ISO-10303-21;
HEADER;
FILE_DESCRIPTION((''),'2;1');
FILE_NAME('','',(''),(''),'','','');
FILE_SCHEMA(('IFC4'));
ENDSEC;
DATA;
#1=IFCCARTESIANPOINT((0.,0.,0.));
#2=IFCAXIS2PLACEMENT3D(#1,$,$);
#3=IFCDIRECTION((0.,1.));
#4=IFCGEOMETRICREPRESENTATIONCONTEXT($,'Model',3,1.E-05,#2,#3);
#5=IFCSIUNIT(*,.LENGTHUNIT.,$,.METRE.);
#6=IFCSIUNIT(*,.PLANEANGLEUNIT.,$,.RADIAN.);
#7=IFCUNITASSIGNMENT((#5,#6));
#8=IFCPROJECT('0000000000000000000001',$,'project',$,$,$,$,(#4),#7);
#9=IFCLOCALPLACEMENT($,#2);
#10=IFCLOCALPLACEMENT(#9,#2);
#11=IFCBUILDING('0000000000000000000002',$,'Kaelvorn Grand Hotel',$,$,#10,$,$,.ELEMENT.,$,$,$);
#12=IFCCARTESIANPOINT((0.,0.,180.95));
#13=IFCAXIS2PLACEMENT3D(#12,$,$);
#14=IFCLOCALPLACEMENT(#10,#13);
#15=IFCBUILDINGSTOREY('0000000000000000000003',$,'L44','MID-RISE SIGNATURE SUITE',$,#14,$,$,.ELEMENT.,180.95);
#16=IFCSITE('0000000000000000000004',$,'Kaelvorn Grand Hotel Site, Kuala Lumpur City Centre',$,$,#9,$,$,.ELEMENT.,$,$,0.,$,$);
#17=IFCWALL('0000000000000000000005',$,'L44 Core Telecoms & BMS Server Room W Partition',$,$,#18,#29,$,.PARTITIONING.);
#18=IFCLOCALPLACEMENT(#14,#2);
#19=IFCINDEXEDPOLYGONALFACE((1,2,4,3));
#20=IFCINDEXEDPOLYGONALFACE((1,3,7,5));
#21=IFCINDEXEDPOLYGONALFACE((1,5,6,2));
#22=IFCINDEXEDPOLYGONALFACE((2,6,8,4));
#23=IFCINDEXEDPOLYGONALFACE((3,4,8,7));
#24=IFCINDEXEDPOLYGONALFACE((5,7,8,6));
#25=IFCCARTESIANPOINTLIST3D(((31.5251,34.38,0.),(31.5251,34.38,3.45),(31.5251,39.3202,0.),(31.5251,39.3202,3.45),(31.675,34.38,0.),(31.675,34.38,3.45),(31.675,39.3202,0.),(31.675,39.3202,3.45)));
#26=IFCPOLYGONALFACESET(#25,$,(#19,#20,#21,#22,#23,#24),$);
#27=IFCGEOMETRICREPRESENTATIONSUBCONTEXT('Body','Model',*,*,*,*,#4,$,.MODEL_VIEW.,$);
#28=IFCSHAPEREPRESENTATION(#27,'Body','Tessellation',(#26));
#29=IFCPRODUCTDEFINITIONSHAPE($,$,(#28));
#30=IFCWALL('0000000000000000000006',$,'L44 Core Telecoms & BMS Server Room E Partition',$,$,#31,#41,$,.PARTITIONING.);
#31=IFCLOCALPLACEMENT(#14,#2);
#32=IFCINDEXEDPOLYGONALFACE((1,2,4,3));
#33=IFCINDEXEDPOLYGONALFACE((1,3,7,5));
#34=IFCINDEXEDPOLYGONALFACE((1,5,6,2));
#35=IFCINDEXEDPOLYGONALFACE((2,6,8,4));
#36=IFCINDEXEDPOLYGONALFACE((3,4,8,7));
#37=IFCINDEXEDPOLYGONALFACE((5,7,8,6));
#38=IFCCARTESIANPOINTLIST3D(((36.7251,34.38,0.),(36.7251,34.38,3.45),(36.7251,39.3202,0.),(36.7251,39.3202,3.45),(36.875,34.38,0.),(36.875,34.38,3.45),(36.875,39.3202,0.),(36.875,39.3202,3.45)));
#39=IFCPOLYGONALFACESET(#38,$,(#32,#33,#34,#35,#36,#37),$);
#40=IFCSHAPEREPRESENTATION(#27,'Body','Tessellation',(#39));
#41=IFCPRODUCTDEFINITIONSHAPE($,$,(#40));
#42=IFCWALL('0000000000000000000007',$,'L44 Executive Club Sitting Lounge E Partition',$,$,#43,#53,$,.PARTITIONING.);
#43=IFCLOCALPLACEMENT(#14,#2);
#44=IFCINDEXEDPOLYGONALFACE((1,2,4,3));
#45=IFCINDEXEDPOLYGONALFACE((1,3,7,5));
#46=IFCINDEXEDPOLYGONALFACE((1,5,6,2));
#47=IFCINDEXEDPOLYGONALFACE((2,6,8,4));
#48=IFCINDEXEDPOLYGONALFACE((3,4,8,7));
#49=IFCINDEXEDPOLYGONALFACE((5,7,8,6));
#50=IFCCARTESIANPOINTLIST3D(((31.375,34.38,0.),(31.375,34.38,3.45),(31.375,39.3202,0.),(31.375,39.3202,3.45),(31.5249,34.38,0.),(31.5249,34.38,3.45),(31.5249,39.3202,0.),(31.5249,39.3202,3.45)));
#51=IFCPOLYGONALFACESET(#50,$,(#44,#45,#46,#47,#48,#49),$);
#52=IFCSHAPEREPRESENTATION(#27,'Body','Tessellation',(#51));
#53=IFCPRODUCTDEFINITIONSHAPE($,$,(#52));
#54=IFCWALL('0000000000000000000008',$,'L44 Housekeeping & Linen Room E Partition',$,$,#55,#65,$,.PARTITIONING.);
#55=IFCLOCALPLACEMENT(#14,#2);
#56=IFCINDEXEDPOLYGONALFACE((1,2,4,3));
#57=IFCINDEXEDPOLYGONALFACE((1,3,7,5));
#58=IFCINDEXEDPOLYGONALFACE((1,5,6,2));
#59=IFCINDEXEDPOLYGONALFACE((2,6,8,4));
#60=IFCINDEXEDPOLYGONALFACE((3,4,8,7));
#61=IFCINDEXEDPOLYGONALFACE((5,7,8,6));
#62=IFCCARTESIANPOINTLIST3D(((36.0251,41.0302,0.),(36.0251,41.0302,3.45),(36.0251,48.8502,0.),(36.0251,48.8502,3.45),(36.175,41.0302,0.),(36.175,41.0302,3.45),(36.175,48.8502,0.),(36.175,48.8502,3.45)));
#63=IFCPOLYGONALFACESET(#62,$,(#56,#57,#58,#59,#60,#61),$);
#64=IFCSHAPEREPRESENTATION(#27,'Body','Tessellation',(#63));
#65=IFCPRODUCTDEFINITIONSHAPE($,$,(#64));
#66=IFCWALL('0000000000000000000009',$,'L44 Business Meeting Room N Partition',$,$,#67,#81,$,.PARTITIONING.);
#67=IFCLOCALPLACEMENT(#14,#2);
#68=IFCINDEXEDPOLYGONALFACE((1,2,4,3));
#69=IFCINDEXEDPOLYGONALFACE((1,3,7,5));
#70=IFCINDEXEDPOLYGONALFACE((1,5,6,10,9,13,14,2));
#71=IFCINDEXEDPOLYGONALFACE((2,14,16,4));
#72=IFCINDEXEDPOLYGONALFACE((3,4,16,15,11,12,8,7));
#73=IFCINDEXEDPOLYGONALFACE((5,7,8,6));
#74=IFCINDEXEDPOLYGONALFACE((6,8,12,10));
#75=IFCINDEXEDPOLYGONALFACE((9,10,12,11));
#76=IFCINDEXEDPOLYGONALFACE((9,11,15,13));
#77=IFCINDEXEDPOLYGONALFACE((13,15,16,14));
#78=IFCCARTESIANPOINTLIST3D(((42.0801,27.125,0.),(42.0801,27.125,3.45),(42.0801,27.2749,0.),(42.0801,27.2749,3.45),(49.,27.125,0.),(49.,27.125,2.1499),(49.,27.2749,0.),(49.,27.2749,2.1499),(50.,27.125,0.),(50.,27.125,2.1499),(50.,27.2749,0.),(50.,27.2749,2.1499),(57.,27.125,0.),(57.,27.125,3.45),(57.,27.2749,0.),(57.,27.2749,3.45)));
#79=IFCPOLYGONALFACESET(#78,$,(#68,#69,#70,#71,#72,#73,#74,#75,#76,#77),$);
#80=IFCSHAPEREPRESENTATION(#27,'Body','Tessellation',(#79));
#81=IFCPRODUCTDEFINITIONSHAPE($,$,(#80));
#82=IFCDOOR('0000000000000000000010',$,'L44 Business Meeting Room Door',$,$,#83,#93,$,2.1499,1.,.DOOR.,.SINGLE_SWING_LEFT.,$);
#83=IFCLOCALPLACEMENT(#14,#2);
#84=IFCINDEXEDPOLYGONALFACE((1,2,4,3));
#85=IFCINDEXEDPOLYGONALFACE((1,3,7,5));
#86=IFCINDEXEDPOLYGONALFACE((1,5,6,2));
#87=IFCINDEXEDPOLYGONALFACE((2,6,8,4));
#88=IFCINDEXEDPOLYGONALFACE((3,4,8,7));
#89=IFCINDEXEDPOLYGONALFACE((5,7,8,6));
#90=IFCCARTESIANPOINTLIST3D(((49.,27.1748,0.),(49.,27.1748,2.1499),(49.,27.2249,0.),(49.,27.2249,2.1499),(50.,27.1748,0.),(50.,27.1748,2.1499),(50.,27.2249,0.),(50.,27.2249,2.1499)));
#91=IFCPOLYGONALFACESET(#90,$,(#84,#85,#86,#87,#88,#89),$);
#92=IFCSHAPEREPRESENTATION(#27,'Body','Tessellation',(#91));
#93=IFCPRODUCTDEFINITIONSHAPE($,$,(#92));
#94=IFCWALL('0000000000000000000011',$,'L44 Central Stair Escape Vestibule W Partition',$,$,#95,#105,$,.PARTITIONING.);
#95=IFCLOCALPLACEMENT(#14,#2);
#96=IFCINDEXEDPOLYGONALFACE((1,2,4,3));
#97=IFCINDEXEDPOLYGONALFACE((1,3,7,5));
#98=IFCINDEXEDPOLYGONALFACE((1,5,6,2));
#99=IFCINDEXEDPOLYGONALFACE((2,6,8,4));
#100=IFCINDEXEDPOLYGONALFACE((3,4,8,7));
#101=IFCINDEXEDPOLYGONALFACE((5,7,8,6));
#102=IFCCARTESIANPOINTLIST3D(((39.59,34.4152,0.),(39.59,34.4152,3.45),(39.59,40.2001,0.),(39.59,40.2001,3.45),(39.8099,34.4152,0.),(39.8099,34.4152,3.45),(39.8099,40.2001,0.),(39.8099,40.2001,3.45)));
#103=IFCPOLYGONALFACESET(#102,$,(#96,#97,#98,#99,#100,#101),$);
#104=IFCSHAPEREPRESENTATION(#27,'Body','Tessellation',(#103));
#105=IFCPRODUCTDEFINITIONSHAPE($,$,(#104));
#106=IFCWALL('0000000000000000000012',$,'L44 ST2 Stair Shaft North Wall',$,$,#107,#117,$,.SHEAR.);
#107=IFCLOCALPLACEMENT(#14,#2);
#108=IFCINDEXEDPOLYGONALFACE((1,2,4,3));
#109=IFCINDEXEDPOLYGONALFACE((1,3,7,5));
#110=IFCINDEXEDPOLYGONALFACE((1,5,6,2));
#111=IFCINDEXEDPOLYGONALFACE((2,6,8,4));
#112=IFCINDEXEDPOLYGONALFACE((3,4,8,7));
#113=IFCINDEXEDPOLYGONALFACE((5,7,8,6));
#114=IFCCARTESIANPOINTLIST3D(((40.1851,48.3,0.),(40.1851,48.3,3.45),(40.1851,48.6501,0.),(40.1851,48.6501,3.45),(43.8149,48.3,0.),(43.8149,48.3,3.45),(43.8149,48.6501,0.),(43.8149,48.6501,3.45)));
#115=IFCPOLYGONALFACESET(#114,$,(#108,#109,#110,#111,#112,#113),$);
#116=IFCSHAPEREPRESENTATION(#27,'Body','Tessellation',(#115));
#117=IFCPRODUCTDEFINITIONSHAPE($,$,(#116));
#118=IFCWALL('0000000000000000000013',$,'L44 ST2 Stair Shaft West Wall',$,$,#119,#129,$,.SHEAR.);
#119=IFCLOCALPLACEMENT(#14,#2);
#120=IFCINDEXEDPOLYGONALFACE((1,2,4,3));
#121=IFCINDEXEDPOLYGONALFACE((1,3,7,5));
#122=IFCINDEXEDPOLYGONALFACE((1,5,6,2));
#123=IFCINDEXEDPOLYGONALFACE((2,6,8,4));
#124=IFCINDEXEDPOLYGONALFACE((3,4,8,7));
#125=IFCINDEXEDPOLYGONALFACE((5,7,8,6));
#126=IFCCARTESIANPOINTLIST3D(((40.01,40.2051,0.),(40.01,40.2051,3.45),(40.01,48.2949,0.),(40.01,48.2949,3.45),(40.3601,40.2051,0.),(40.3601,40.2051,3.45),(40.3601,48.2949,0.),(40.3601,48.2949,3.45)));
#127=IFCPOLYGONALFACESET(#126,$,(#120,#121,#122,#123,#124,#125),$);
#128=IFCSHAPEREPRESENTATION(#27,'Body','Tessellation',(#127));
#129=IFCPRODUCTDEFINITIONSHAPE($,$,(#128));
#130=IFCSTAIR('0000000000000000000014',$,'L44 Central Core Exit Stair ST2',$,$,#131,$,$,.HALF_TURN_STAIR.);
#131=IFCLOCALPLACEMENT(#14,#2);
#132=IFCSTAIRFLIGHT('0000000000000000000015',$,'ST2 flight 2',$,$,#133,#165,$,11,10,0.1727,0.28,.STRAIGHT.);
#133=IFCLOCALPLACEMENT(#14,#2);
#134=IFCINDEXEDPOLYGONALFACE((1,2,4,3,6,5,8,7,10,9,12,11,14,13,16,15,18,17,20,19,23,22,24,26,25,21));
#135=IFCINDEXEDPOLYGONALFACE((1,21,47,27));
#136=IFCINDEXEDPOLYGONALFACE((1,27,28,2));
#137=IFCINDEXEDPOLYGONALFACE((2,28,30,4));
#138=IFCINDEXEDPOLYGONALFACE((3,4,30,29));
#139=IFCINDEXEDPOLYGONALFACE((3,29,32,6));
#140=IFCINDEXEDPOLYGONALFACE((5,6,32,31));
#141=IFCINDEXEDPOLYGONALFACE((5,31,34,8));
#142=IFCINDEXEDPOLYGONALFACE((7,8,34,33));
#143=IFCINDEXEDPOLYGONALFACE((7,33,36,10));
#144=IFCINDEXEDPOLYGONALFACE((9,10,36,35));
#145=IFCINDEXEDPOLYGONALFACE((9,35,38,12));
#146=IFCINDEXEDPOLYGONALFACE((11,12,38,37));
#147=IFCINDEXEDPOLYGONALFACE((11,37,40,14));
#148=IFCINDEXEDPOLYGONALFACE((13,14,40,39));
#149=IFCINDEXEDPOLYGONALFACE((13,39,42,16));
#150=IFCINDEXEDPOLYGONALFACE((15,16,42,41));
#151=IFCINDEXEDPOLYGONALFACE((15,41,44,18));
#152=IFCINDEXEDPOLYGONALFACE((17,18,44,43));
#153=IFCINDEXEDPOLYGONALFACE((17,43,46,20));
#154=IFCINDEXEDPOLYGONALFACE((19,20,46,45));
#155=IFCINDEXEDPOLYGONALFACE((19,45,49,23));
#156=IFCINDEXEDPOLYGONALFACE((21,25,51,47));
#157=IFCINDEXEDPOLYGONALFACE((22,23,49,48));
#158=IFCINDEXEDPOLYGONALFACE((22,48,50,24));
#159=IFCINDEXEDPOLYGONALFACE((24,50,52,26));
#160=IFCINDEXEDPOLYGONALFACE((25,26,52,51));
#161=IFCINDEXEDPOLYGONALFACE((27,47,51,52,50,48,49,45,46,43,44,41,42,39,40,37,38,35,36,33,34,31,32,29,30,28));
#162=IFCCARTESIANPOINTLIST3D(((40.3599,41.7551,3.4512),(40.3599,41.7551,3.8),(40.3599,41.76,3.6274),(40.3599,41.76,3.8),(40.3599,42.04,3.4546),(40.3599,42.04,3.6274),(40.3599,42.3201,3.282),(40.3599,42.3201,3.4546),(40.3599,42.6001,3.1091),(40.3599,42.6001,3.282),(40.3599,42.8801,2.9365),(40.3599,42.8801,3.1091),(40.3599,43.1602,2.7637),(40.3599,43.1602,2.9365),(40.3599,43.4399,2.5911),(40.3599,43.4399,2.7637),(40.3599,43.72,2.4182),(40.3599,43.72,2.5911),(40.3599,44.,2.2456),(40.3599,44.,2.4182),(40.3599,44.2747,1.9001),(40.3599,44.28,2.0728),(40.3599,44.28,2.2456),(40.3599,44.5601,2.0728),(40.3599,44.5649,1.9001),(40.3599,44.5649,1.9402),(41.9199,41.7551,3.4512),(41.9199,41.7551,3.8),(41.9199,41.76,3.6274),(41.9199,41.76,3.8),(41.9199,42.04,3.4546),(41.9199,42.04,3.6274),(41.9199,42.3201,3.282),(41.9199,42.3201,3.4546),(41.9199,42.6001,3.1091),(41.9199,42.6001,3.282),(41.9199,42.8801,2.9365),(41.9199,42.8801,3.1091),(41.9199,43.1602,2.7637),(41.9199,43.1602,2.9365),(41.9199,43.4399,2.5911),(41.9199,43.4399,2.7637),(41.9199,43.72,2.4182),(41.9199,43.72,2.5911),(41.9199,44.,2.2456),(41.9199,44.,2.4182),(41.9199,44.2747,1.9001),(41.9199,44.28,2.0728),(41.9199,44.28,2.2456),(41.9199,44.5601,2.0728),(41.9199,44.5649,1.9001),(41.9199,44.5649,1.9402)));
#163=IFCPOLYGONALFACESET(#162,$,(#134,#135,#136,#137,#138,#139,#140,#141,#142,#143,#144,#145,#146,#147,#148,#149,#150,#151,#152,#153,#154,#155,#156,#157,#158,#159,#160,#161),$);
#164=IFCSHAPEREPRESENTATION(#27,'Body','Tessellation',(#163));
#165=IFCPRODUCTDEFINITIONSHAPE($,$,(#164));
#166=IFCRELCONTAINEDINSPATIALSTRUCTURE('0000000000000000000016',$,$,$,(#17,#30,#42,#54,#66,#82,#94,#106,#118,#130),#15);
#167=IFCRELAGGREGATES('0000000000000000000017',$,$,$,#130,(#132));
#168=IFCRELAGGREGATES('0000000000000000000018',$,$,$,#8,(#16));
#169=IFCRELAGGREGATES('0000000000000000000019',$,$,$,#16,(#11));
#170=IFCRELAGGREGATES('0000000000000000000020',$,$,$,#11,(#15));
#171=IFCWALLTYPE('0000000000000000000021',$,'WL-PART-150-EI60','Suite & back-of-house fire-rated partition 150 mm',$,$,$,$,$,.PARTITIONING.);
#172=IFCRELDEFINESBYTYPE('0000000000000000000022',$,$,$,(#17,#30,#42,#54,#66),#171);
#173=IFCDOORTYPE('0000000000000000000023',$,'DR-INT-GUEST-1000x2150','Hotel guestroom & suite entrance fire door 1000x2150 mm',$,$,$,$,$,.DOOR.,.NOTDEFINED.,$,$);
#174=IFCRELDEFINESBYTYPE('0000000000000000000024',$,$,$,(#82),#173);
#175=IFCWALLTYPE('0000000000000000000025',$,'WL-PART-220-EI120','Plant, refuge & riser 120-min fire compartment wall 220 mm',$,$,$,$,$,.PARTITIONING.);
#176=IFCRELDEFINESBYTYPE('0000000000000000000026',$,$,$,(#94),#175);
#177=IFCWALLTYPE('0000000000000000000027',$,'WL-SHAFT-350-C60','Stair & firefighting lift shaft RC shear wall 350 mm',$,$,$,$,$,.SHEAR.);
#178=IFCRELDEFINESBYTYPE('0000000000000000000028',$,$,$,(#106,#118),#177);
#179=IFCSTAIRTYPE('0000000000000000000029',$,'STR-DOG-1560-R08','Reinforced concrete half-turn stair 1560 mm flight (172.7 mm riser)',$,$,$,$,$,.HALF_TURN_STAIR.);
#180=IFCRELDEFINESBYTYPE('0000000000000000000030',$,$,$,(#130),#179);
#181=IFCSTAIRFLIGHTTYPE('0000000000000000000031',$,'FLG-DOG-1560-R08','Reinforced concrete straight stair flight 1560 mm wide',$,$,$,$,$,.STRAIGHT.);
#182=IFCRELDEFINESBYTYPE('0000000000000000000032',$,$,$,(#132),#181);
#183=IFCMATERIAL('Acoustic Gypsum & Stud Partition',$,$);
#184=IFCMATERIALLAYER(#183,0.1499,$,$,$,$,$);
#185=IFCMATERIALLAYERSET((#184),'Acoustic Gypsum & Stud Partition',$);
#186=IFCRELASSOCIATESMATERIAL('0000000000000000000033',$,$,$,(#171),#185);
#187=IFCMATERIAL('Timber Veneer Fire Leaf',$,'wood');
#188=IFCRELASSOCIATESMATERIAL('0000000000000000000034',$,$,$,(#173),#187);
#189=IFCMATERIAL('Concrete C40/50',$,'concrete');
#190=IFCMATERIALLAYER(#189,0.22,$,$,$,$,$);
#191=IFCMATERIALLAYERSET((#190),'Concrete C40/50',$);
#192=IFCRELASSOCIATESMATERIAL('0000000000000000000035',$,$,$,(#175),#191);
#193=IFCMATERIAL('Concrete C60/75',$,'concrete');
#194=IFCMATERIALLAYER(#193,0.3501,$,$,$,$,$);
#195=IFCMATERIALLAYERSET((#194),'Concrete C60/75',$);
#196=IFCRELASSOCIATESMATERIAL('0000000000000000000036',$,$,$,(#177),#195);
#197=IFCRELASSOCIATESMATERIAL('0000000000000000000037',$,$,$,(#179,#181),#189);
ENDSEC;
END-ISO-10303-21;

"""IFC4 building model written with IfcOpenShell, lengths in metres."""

from ifc_helpers import new_model, si_unit, direction, frame, frame_2d, origin, place, context, subcontext, project, spatial, polyline, rectangle, outline, extrude, material, layer, layer_set, type_object, element, fill, aggregate, save


model = new_model("IFC4")

# Units and contexts
model_context = context("Model", 3, precision=1e-05, world=origin(), true_north=direction((0.0, 1.0)))
body_context = subcontext(model_context, "Body", "Model", "MODEL_VIEW")
ifc_project = project(units=[si_unit("LENGTHUNIT", "METRE"), si_unit("PLANEANGLEUNIT", "RADIAN")], contexts=[model_context])

# Site, building, storey
site_placement = place(None, origin())
site = spatial("IfcSite", under=ifc_project, at=site_placement, Name="Kaelvorn Grand Hotel Site, Kuala Lumpur City Centre", CompositionType="ELEMENT", RefElevation=0.0)
building_placement = place(site_placement, origin())
building = spatial("IfcBuilding", under=site, at=building_placement, Name="Kaelvorn Grand Hotel", CompositionType="ELEMENT")
storey_placement = place(building_placement, frame((0.0, 0.0, 180.95)))
storey = spatial("IfcBuildingStorey", under=building, at=storey_placement, Name="L44", Description="MID-RISE SIGNATURE SUITE", CompositionType="ELEMENT", Elevation=180.95)

# Shared definitions
ifc_material_1 = material(Name="Concrete C60/75", Category="concrete")

# Shared definitions
ifc_material_2 = material(Name="Acoustic Gypsum & Stud Partition")
ifc_layer_1 = layer(ifc_material_2, 0.1499)
ifc_layer_set_1 = layer_set([ifc_layer_1], Name="Acoustic Gypsum & Stud Partition")
wall_type_1 = type_object("IfcWallType", Name="WL-PART-150-EI60", Description="Suite & back-of-house fire-rated partition 150 mm", PredefinedType="PARTITIONING", material=ifc_layer_set_1)

# Walls
for number, where, z_axis, x_axis, name in (
    (1, (31.6001, 34.3799, 0.0), (0.0, 0.0, 1.0), (0.0, 1.0, 0.0), "L44 Core Telecoms & BMS Server Room W Partition"),
    (2, (36.8, 34.3799, 0.0), (0.0, 0.0, 1.0), (0.0, 1.0, 0.0), "L44 Core Telecoms & BMS Server Room E Partition"),
    (3, (31.45, 34.3799, 0.0), (0.0, 0.0, 1.0), (0.0, 1.0, 0.0), "L44 Executive Club Sitting Lounge E Partition"),
):
    element("IfcWall", number, at=place(storey_placement, frame(where, z_axis=z_axis, x_axis=x_axis)), inside=storey, type_object=wall_type_1, Name=name, PredefinedType="PARTITIONING", context=body_context, shape_type="SweptSolid", body=[
        extrude(rectangle(XDim=4.9402, YDim=0.1499, at=frame_2d((2.4702, 0.0))), origin(), (0.0, 0.0, 1.0), 3.45),
    ])
wall_1_placement = place(storey_placement, frame((36.1001, 41.03, 0.0), z_axis=(0.0, 0.0, 1.0), x_axis=(0.0, 1.0, 0.0)))
element("IfcWall", 4, at=wall_1_placement, inside=storey, type_object=wall_type_1, Name="L44 Housekeeping & Linen Room E Partition", PredefinedType="PARTITIONING", context=body_context, shape_type="SweptSolid", body=[
    extrude(rectangle(XDim=7.8201, YDim=0.1499, at=frame_2d((3.9102, 0.0))), origin(), (0.0, 0.0, 1.0), 3.45),
])

# Wall, opening, door
wall_2_placement = place(storey_placement, frame((42.0801, 27.2, 0.0), z_axis=(0.0, 0.0, 1.0), x_axis=(1.0, 0.0, 0.0)))
wall_2 = element("IfcWall", 5, at=wall_2_placement, inside=storey, type_object=wall_type_1, Name="L44 Business Meeting Room N Partition", PredefinedType="PARTITIONING", context=body_context, shape_type="SweptSolid", body=[
    extrude(rectangle(XDim=14.9199, YDim=0.1499, at=frame_2d((7.46, 0.0))), origin(), (0.0, 0.0, 1.0), 3.45),
])
opening_1_placement = place(wall_2_placement, frame((6.9199, 0.0, 0.0)))
opening_1 = element("IfcOpeningElement", 6, at=opening_1_placement, cuts=wall_2, PredefinedType="OPENING", context=body_context, shape_type="SweptSolid", body=[
    extrude(rectangle(XDim=1.0, YDim=2.1499, at=frame_2d((0.5, 1.075))), frame((0.0, 0.085, 0.0), z_axis=(0.0, -1.0, 0.0), x_axis=(1.0, 0.0, 0.0)), (0.0, 0.0, 1.0), 0.1699),
])
ifc_material_3 = material(Name="Timber Veneer Fire Leaf", Category="wood")
door_type_1 = type_object("IfcDoorType", Name="DR-INT-GUEST-1000x2150", Description="Hotel guestroom & suite entrance fire door 1000x2150 mm", OperationType="NOTDEFINED", PredefinedType="DOOR", material=ifc_material_3)
door_1_placement = place(opening_1_placement, origin())
door_1 = element("IfcDoor", 7, at=door_1_placement, inside=storey, type_object=door_type_1, Name="L44 Business Meeting Room Door", OperationType="SINGLE_SWING_LEFT", OverallHeight=2.1499, OverallWidth=1.0, PredefinedType="DOOR", context=body_context, shape_type="SweptSolid", body=[
    extrude(rectangle(XDim=1.0, YDim=2.1499, at=frame_2d((0.5, 1.075))), frame((0.0, 0.0249, 0.0), z_axis=(0.0, -1.0, 0.0), x_axis=(1.0, 0.0, 0.0)), (0.0, 0.0, 1.0), 0.05),
])
fill(opening_1, door_1)
ifc_material_4 = material(Name="Concrete C40/50", Category="concrete")
ifc_layer_2 = layer(ifc_material_4, 0.22)
ifc_layer_set_2 = layer_set([ifc_layer_2], Name="Concrete C40/50")
wall_type_2 = type_object("IfcWallType", Name="WL-PART-220-EI120", Description="Plant, refuge & riser 120-min fire compartment wall 220 mm", PredefinedType="PARTITIONING", material=ifc_layer_set_2)

# Wall
wall_3_placement = place(storey_placement, frame((39.7, 34.415, 0.0), z_axis=(0.0, 0.0, 1.0), x_axis=(0.0, 1.0, 0.0)))
element("IfcWall", 8, at=wall_3_placement, inside=storey, type_object=wall_type_2, Name="L44 Central Stair Escape Vestibule W Partition", PredefinedType="PARTITIONING", context=body_context, shape_type="SweptSolid", body=[
    extrude(rectangle(XDim=5.7849, YDim=0.22, at=frame_2d((2.8926, 0.0))), origin(), (0.0, 0.0, 1.0), 3.45),
])

# Shared definitions
ifc_layer_3 = layer(ifc_material_1, 0.3501)
ifc_layer_set_3 = layer_set([ifc_layer_3], Name="Concrete C60/75")
wall_type_3 = type_object("IfcWallType", Name="WL-SHAFT-350-C60", Description="Stair & firefighting lift shaft RC shear wall 350 mm", PredefinedType="SHEAR", material=ifc_layer_set_3)

# Walls
wall_4_placement = place(storey_placement, frame((40.1851, 48.4751, 0.0), z_axis=(0.0, 0.0, 1.0), x_axis=(1.0, 0.0, 0.0)))
element("IfcWall", 9, at=wall_4_placement, inside=storey, type_object=wall_type_3, Name="L44 ST2 Stair Shaft North Wall", PredefinedType="SHEAR", context=body_context, shape_type="SweptSolid", body=[
    extrude(rectangle(XDim=3.6299, YDim=0.3501, at=frame_2d((1.8149, 0.0))), origin(), (0.0, 0.0, 1.0), 3.45),
])
wall_5_placement = place(storey_placement, frame((40.1851, 40.2051, 0.0), z_axis=(0.0, 0.0, 1.0), x_axis=(0.0, 1.0, 0.0)))
element("IfcWall", 10, at=wall_5_placement, inside=storey, type_object=wall_type_3, Name="L44 ST2 Stair Shaft West Wall", PredefinedType="SHEAR", context=body_context, shape_type="SweptSolid", body=[
    extrude(rectangle(XDim=8.0898, YDim=0.3501, at=frame_2d((4.0449, 0.0))), origin(), (0.0, 0.0, 1.0), 3.45),
])

# Stair, stair flight
stair_type = type_object("IfcStairType", Name="STR-DOG-1560-R08", Description="Reinforced concrete half-turn stair 1560 mm flight (172.7 mm riser)", PredefinedType="HALF_TURN_STAIR", material=ifc_material_4)
stair_placement = place(storey_placement, origin())
stair = element("IfcStair", 11, at=stair_placement, inside=storey, type_object=stair_type, Name="L44 Central Core Exit Stair ST2", PredefinedType="HALF_TURN_STAIR")
stair_flight_type = type_object("IfcStairFlightType", Name="FLG-DOG-1560-R08", Description="Reinforced concrete straight stair flight 1560 mm wide", PredefinedType="STRAIGHT", material=ifc_material_4)
stair_flight_placement = place(storey_placement, frame((41.1399, 44.5601, 1.9001), z_axis=(0.0, 0.0, 1.0), x_axis=(0.0, -1.0, 0.0)))
stair_flight = element("IfcStairFlight", 12, at=stair_flight_placement, type_object=stair_flight_type, Name="ST2 flight 2", NumberOfRisers=11, NumberOfTreads=10, PredefinedType="STRAIGHT", RiserHeight=0.1727, TreadLength=0.28, context=body_context, shape_type="SweptSolid", body=[
    extrude(outline(polyline([(-0.0049, 0.0), (-0.0049, 0.04), (0.0, 0.1726), (0.28, 0.1726), (0.28, 0.3455), (0.5601, 0.3455), (0.5601, 0.5181), (0.8401, 0.5181), (0.8401, 0.6909), (1.1201, 0.6909), (1.1201, 0.8635), (1.3999, 0.8635), (1.3999, 1.0364), (1.6799, 1.0364), (1.6799, 1.209), (1.96, 1.209), (1.96, 1.3818), (2.24, 1.3818), (2.24, 1.5544), (2.52, 1.5544), (2.52, 1.7273), (2.8, 1.7273), (2.8, 1.8999), (2.8049, 1.8999), (2.8049, 1.551), (0.2854, 0.0), (-0.0049, 0.0)])), frame((0.0, 0.78, 0.0), z_axis=(0.0, -1.0, 0.0), x_axis=(1.0, 0.0, 0.0)), (0.0, 0.0, 1.0), 1.5601),
])
aggregate(stair, [stair_flight])

save(model, "model.ifc")
